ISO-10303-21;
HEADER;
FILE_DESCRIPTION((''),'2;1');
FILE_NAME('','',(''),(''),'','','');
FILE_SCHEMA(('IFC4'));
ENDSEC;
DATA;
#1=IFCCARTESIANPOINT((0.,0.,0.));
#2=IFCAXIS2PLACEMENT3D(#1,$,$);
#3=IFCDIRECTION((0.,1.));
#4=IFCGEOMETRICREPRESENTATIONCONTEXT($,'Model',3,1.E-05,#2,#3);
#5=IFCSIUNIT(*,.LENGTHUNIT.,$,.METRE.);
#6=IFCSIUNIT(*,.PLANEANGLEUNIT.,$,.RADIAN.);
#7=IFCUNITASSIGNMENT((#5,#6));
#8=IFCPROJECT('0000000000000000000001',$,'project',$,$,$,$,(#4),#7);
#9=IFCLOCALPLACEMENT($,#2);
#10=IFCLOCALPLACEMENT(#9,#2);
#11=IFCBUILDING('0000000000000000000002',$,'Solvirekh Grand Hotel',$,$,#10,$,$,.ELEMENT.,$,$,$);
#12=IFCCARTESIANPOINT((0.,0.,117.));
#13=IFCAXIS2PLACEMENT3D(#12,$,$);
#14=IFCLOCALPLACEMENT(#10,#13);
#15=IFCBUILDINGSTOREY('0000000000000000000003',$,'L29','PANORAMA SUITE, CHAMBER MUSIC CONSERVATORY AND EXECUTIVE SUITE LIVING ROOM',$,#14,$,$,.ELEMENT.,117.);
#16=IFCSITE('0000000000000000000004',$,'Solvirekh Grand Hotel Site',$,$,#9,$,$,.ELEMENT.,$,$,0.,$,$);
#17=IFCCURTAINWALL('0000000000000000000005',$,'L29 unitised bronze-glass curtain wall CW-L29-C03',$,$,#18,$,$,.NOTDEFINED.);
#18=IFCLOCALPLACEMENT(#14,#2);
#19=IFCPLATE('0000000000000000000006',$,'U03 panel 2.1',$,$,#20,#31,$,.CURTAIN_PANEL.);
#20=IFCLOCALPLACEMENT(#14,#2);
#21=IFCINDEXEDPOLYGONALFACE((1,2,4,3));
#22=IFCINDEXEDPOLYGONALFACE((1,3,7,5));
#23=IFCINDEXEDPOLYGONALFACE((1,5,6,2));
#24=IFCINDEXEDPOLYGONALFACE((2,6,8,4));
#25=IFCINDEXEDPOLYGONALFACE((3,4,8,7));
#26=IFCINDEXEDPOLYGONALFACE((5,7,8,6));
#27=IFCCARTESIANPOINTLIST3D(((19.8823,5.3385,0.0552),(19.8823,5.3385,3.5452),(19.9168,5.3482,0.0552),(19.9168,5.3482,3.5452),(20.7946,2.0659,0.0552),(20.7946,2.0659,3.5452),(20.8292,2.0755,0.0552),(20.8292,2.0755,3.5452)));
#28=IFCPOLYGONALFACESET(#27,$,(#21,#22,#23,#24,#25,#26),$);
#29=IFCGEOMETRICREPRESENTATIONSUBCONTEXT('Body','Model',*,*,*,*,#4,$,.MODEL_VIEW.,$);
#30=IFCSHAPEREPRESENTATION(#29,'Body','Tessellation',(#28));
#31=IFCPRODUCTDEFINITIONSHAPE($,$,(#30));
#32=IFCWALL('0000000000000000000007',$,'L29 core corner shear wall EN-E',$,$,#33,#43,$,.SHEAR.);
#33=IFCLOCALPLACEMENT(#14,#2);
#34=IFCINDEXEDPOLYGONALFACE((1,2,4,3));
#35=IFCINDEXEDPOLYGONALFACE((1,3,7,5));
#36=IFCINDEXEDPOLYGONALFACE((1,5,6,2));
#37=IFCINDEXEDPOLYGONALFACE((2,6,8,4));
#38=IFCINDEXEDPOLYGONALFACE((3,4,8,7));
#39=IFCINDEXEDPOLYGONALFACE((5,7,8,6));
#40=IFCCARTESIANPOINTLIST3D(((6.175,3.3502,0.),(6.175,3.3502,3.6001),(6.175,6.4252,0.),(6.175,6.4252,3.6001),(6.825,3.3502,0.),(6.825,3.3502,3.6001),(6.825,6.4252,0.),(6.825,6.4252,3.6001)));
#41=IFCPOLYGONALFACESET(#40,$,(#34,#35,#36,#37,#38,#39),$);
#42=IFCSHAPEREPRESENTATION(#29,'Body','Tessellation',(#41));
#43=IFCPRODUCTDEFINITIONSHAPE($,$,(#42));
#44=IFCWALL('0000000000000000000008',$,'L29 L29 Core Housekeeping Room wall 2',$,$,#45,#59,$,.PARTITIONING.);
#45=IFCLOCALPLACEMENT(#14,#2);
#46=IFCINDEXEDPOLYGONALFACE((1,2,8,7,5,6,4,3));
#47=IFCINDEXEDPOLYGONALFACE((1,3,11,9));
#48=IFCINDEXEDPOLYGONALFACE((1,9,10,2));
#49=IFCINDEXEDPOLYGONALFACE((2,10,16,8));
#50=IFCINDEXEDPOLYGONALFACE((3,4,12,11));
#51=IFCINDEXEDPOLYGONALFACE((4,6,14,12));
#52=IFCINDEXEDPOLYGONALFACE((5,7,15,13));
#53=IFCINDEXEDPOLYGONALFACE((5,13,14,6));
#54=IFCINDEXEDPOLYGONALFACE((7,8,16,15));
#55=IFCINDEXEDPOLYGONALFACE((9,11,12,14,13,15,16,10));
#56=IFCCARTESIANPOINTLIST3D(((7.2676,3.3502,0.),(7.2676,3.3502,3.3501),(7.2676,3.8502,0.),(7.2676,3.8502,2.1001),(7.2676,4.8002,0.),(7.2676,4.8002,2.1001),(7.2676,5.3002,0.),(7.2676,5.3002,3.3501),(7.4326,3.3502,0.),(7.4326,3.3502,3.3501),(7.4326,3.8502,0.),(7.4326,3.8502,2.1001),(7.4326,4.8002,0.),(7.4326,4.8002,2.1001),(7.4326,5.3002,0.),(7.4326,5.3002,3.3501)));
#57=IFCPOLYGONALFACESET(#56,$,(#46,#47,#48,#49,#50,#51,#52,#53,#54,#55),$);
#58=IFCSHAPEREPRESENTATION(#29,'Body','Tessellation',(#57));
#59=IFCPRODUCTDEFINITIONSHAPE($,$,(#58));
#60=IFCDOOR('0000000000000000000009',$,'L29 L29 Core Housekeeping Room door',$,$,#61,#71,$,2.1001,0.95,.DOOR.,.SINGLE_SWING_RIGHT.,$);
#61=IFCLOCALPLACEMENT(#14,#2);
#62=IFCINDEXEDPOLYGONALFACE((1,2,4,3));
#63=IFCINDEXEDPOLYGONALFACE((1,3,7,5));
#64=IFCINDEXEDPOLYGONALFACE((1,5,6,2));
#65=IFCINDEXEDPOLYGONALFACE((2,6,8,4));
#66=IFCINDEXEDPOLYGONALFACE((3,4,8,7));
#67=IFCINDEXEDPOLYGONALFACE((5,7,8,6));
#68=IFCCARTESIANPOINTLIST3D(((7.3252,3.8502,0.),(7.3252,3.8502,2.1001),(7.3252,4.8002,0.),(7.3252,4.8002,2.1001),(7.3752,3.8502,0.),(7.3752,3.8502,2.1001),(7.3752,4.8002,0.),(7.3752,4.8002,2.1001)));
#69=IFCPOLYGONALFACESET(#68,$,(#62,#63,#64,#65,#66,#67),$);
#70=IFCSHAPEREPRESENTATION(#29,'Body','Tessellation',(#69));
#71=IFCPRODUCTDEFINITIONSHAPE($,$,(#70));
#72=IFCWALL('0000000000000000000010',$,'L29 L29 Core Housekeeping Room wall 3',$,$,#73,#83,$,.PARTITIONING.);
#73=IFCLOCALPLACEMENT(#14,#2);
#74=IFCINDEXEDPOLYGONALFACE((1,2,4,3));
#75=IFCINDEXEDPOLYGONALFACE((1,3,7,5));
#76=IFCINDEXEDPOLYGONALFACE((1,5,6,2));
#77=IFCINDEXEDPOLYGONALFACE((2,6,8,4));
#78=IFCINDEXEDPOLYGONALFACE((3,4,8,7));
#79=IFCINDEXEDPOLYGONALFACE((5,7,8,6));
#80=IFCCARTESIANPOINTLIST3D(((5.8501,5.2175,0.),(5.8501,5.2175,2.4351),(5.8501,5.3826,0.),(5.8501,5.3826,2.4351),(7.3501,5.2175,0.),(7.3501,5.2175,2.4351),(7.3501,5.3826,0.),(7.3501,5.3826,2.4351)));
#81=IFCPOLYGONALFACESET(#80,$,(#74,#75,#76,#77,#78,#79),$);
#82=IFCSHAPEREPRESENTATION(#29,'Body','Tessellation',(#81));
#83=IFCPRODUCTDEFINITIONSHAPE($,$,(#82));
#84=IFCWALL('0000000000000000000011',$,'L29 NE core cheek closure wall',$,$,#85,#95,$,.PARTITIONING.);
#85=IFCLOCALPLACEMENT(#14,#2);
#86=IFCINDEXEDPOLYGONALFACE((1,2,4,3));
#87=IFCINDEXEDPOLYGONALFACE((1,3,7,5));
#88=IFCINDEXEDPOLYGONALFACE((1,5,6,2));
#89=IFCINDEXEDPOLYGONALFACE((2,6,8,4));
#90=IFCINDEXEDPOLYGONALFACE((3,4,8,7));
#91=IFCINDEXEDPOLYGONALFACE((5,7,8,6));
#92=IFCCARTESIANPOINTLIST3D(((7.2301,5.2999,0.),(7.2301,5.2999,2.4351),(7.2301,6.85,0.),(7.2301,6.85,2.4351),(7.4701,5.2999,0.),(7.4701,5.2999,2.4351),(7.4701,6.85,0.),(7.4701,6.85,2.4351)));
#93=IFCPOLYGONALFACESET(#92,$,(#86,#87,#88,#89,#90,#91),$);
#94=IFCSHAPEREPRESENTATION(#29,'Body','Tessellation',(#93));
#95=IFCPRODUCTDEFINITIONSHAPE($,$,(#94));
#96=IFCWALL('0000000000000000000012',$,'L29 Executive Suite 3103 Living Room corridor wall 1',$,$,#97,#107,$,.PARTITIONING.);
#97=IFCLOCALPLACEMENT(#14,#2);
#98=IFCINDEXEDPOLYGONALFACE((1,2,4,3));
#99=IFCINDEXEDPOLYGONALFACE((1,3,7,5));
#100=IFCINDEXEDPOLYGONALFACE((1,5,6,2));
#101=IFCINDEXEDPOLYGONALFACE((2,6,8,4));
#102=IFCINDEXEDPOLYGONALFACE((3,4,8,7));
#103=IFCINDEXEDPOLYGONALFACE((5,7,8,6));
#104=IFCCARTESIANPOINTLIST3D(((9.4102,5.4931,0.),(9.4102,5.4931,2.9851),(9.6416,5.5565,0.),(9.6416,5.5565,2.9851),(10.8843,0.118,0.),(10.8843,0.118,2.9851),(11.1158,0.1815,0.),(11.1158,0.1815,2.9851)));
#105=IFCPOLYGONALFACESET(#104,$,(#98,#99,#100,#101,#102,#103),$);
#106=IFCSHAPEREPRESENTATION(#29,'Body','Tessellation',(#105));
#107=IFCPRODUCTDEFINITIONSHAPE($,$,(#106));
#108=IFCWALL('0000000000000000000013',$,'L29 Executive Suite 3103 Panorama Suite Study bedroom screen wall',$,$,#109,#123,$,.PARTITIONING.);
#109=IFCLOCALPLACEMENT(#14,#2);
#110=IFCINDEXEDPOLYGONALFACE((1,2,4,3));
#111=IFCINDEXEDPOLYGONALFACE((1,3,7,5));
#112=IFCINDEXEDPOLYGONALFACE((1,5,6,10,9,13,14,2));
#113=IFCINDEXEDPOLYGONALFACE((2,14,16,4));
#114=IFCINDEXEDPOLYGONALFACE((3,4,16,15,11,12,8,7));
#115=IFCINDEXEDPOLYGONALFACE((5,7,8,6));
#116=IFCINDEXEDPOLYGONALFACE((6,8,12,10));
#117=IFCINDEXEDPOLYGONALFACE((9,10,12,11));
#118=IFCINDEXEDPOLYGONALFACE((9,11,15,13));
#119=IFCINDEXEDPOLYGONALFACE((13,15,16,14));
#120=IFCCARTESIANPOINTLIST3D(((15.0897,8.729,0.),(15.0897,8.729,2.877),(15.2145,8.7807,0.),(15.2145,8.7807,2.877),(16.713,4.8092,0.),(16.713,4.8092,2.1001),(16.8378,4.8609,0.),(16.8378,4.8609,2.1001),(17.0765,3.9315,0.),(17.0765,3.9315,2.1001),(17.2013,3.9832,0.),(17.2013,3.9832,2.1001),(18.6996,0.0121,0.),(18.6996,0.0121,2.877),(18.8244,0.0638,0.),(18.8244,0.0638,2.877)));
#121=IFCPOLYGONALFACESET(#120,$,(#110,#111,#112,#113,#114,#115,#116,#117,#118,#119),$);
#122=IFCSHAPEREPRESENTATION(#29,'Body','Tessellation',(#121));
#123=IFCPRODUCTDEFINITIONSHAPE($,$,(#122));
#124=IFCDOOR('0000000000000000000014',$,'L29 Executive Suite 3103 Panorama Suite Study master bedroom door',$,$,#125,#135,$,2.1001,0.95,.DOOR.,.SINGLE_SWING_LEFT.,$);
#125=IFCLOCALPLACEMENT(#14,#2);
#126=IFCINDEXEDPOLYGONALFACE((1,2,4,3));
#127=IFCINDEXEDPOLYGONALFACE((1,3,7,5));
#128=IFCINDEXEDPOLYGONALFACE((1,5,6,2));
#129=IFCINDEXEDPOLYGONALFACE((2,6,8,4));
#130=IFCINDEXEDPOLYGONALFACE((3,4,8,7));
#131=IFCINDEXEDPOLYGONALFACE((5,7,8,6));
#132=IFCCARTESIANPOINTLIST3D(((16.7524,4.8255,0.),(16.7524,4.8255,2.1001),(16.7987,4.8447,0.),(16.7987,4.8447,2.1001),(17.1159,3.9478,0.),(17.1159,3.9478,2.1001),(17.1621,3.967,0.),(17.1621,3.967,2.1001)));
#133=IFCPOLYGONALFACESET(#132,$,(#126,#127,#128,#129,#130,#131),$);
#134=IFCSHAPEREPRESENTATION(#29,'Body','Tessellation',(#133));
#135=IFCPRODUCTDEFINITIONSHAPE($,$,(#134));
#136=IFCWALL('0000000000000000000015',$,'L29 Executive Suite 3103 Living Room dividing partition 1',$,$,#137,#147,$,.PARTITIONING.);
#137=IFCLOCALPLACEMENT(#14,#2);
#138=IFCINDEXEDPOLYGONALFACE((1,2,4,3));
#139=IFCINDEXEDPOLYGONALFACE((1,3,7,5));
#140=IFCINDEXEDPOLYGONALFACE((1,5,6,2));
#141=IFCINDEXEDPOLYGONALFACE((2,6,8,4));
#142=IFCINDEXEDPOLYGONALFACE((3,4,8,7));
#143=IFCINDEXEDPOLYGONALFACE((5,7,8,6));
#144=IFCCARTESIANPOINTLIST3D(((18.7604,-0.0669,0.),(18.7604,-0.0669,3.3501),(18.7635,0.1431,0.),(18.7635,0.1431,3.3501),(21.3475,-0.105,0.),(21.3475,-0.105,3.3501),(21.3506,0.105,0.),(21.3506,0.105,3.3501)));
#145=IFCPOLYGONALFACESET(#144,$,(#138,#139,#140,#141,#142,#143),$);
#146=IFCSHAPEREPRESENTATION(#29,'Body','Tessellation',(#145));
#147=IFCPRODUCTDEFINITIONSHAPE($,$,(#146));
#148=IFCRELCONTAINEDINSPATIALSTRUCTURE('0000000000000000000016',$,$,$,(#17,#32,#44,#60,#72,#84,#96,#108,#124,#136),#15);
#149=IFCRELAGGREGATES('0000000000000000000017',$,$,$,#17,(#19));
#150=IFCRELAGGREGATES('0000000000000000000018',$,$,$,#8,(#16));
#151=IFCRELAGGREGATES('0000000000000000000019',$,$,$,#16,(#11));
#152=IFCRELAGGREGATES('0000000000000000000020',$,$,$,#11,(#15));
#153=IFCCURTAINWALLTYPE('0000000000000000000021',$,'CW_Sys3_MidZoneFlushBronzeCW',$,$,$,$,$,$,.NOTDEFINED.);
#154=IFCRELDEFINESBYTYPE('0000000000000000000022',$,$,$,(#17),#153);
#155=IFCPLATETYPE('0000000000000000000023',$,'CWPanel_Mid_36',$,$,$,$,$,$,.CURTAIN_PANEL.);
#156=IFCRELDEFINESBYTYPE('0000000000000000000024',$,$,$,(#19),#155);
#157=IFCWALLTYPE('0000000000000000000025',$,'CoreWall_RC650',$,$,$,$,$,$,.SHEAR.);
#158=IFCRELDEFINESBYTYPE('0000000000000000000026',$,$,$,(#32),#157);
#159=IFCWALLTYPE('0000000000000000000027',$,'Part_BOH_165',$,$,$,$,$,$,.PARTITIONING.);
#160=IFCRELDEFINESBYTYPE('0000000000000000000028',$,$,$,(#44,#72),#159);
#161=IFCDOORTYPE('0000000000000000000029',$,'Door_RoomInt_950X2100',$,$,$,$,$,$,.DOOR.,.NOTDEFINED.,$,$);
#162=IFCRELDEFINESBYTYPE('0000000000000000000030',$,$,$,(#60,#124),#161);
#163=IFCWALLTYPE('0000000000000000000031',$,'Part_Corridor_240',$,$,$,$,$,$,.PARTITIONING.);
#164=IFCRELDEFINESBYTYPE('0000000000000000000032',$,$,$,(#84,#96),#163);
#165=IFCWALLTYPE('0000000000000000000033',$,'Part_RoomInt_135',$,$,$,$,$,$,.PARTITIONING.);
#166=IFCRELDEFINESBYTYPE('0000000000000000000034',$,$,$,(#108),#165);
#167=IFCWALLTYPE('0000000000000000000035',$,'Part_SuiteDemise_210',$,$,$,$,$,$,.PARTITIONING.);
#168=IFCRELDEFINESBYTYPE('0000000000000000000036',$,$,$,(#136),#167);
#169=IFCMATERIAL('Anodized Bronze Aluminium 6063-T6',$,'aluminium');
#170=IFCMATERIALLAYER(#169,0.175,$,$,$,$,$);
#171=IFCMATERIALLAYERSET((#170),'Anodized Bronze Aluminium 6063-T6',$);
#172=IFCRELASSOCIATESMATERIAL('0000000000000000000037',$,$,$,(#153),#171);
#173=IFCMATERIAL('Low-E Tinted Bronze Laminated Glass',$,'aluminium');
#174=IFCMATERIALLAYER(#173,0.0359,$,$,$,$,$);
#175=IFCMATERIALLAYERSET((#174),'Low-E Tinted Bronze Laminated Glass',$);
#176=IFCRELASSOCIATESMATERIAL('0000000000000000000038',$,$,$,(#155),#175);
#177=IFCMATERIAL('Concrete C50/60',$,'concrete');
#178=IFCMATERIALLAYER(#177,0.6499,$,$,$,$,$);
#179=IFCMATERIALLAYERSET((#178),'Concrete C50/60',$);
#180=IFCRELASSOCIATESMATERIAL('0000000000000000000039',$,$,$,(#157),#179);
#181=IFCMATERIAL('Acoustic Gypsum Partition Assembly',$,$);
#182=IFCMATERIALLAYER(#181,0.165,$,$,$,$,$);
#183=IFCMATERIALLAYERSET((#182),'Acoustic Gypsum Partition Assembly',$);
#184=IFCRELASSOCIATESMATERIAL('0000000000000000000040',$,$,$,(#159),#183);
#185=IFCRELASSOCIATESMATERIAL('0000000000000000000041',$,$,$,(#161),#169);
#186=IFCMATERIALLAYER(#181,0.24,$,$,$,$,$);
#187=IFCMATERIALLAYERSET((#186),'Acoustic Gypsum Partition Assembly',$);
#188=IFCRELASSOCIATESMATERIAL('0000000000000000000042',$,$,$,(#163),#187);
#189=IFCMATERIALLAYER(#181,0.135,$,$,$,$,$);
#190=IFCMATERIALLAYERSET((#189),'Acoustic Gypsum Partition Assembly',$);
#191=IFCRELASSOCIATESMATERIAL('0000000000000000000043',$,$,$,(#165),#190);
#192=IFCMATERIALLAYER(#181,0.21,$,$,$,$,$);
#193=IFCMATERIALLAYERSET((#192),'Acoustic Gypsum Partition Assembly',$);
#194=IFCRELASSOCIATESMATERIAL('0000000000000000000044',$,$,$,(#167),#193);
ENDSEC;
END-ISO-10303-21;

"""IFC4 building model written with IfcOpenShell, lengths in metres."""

from ifc_helpers import new_model, si_unit, direction, frame, frame_2d, origin, origin_2d, place, context, subcontext, project, spatial, rectangle, extrude, source, transform, mapped, material, layer, layer_set, type_object, element, fill, aggregate, save


model = new_model("IFC4")

# Units and contexts
model_context = context("Model", 3, precision=1e-05, world=origin(), true_north=direction((0.0, 1.0)))
body_context = subcontext(model_context, "Body", "Model", "MODEL_VIEW")
ifc_project = project(units=[si_unit("LENGTHUNIT", "METRE"), si_unit("PLANEANGLEUNIT", "RADIAN")], contexts=[model_context])

# Site, building, storey
site_placement = place(None, origin())
site = spatial("IfcSite", under=ifc_project, at=site_placement, Name="Solvirekh Grand Hotel Site", CompositionType="ELEMENT", RefElevation=0.0)
building_placement = place(site_placement, origin())
building = spatial("IfcBuilding", under=site, at=building_placement, Name="Solvirekh Grand Hotel", CompositionType="ELEMENT")
storey_placement = place(building_placement, frame((0.0, 0.0, 117.0)))
storey = spatial("IfcBuildingStorey", under=building, at=storey_placement, Name="L29", Description="PANORAMA SUITE, CHAMBER MUSIC CONSERVATORY AND EXECUTIVE SUITE LIVING ROOM", CompositionType="ELEMENT", Elevation=117.0)

# Shared definitions
ifc_material_1 = material(Name="Concrete C50/60", Category="concrete")

# Curtain wall, plate
ifc_material_2 = material(Name="Anodized Bronze Aluminium 6063-T6", Category="aluminium")
ifc_layer_1 = layer(ifc_material_2, 0.175)
ifc_layer_set_1 = layer_set([ifc_layer_1], Name="Anodized Bronze Aluminium 6063-T6")
curtain_wall_type = type_object("IfcCurtainWallType", Name="CW_Sys3_MidZoneFlushBronzeCW", PredefinedType="NOTDEFINED", material=ifc_layer_set_1)
curtain_wall_placement = place(storey_placement, origin())
curtain_wall = element("IfcCurtainWall", 1, at=curtain_wall_placement, inside=storey, type_object=curtain_wall_type, Name="L29 unitised bronze-glass curtain wall CW-L29-C03", PredefinedType="NOTDEFINED")
ifc_material_3 = material(Name="Low-E Tinted Bronze Laminated Glass", Category="aluminium")
ifc_layer_2 = layer(ifc_material_3, 0.0359)
ifc_layer_set_2 = layer_set([ifc_layer_2], Name="Low-E Tinted Bronze Laminated Glass")
plate_type = type_object("IfcPlateType", Name="CWPanel_Mid_36", PredefinedType="CURTAIN_PANEL", material=ifc_layer_set_2)
shared_shape_1 = source(origin(), body_context, "Body", "SweptSolid", [
    extrude(rectangle(XDim=3.3975, YDim=0.0359, at=origin_2d()), origin(), (0.0, 0.0, 1.0), 3.49),
])
plate_1_placement = place(storey_placement, frame((20.3557, 3.707, 0.0552), z_axis=(0.0, 0.0, 1.0), x_axis=(-0.268537, 0.963269, 0.0)))
plate_1 = element("IfcPlate", 2, at=plate_1_placement, type_object=plate_type, Name="U03 panel 2.1", PredefinedType="CURTAIN_PANEL", context=body_context, shape_type="MappedRepresentation", body=[
    mapped(shared_shape_1, transform((0.0, 0.0, 0.0), x_axis=(1.0, 0.0, 0.0), y_axis=(0.0, 1.0, 0.0), z_axis=(0.0, 0.0, 1.0), scale=1.0)),
])
aggregate(curtain_wall, [plate_1])

# Wall
ifc_layer_3 = layer(ifc_material_1, 0.6499)
ifc_layer_set_3 = layer_set([ifc_layer_3], Name="Concrete C50/60")
wall_type_1 = type_object("IfcWallType", Name="CoreWall_RC650", PredefinedType="SHEAR", material=ifc_layer_set_3)
wall_1_placement = place(storey_placement, frame((6.5, 3.3501, 0.0), z_axis=(0.0, 0.0, 1.0), x_axis=(0.0, 1.0, 0.0)))
element("IfcWall", 3, at=wall_1_placement, inside=storey, type_object=wall_type_1, Name="L29 core corner shear wall EN-E", PredefinedType="SHEAR", context=body_context, shape_type="SweptSolid", body=[
    extrude(rectangle(XDim=3.075, YDim=0.6499, at=frame_2d((1.5376, 0.0))), origin(), (0.0, 0.0, 1.0), 3.6001),
])

# Wall, opening, door
ifc_material_4 = material(Name="Acoustic Gypsum Partition Assembly")
ifc_layer_4 = layer(ifc_material_4, 0.165)
ifc_layer_set_4 = layer_set([ifc_layer_4], Name="Acoustic Gypsum Partition Assembly")
wall_type_2 = type_object("IfcWallType", Name="Part_BOH_165", PredefinedType="PARTITIONING", material=ifc_layer_set_4)
wall_2_placement = place(storey_placement, frame((7.3501, 3.3501, 0.0), z_axis=(0.0, 0.0, 1.0), x_axis=(0.0, 1.0, 0.0)))
wall_2 = element("IfcWall", 4, at=wall_2_placement, inside=storey, type_object=wall_type_2, Name="L29 L29 Core Housekeeping Room wall 2", PredefinedType="PARTITIONING", context=body_context, shape_type="SweptSolid", body=[
    extrude(rectangle(XDim=1.95, YDim=0.165, at=frame_2d((0.9751, 0.0))), origin(), (0.0, 0.0, 1.0), 3.3501),
])
opening_1_placement = place(wall_2_placement, frame((0.5, 0.0, 0.0)))
opening_1 = element("IfcOpeningElement", 5, at=opening_1_placement, cuts=wall_2, PredefinedType="OPENING", context=body_context, shape_type="SweptSolid", body=[
    extrude(rectangle(XDim=0.95, YDim=2.1001, at=frame_2d((0.4751, 1.05))), frame((0.0, 0.0925, 0.0), z_axis=(0.0, -1.0, 0.0), x_axis=(1.0, 0.0, 0.0)), (0.0, 0.0, 1.0), 0.1851),
])
door_type = type_object("IfcDoorType", Name="Door_RoomInt_950X2100", OperationType="NOTDEFINED", PredefinedType="DOOR", material=ifc_material_2)
door_1_placement = place(opening_1_placement, origin())
door_1 = element("IfcDoor", 6, at=door_1_placement, inside=storey, type_object=door_type, Name="L29 L29 Core Housekeeping Room door", OperationType="SINGLE_SWING_RIGHT", OverallHeight=2.1001, OverallWidth=0.95, PredefinedType="DOOR", context=body_context, shape_type="SweptSolid", body=[
    extrude(rectangle(XDim=0.95, YDim=2.1001, at=frame_2d((0.4751, 1.05))), frame((0.0, 0.0249, 0.0), z_axis=(0.0, -1.0, 0.0), x_axis=(1.0, 0.0, 0.0)), (0.0, 0.0, 1.0), 0.05),
])
fill(opening_1, door_1)

# Walls
wall_3_placement = place(storey_placement, frame((7.3501, 5.3, 0.0), z_axis=(0.0, 0.0, 1.0), x_axis=(-1.0, 0.0, 0.0)))
element("IfcWall", 7, at=wall_3_placement, inside=storey, type_object=wall_type_2, Name="L29 L29 Core Housekeeping Room wall 3", PredefinedType="PARTITIONING", context=body_context, shape_type="SweptSolid", body=[
    extrude(rectangle(XDim=1.5, YDim=0.165, at=frame_2d((0.75, 0.0))), origin(), (0.0, 0.0, 1.0), 2.4351),
])
ifc_layer_5 = layer(ifc_material_4, 0.24)
ifc_layer_set_5 = layer_set([ifc_layer_5], Name="Acoustic Gypsum Partition Assembly")
wall_type_3 = type_object("IfcWallType", Name="Part_Corridor_240", PredefinedType="PARTITIONING", material=ifc_layer_set_5)
wall_4_placement = place(storey_placement, frame((7.3501, 5.3, 0.0), z_axis=(0.0, 0.0, 1.0), x_axis=(0.0, 1.0, 0.0)))
element("IfcWall", 8, at=wall_4_placement, inside=storey, type_object=wall_type_3, Name="L29 NE core cheek closure wall", PredefinedType="PARTITIONING", context=body_context, shape_type="SweptSolid", body=[
    extrude(rectangle(XDim=1.55, YDim=0.24, at=frame_2d((0.7749, 0.0))), origin(), (0.0, 0.0, 1.0), 2.4351),
])
wall_5_placement = place(storey_placement, frame((11.0, 0.1499, 0.0), z_axis=(0.0, 0.0, 1.0), x_axis=(-0.264489, 0.964389, 0.0)))
element("IfcWall", 9, at=wall_5_placement, inside=storey, type_object=wall_type_3, Name="L29 Executive Suite 3103 Living Room corridor wall 1", PredefinedType="PARTITIONING", context=body_context, shape_type="SweptSolid", body=[
    extrude(rectangle(XDim=5.5735, YDim=0.24, at=frame_2d((2.7866, 0.0))), origin(), (0.0, 0.0, 1.0), 2.9851),
])

# Wall, opening, door
ifc_layer_6 = layer(ifc_material_4, 0.135)
ifc_layer_set_6 = layer_set([ifc_layer_6], Name="Acoustic Gypsum Partition Assembly")
wall_type_4 = type_object("IfcWallType", Name="Part_RoomInt_135", PredefinedType="PARTITIONING", material=ifc_layer_set_6)
wall_6_placement = place(storey_placement, frame((18.762, 0.0381, 0.0), z_axis=(0.0, 0.0, 1.0), x_axis=(-0.382615, 0.923908, 0.0)))
wall_6 = element("IfcWall", 10, at=wall_6_placement, inside=storey, type_object=wall_type_4, Name="L29 Executive Suite 3103 Panorama Suite Study bedroom screen wall", PredefinedType="PARTITIONING", context=body_context, shape_type="SweptSolid", body=[
    extrude(rectangle(XDim=9.4348, YDim=0.135, at=frame_2d((4.7173, 0.0))), origin(), (0.0, 0.0, 1.0), 2.877),
])
opening_2_placement = place(wall_6_placement, frame((4.2419, 0.0, 0.0)))
opening_2 = element("IfcOpeningElement", 11, at=opening_2_placement, cuts=wall_6, PredefinedType="OPENING", context=body_context, shape_type="SweptSolid", body=[
    extrude(rectangle(XDim=0.95, YDim=2.1001, at=frame_2d((0.4751, 1.05))), frame((0.0, 0.0776, 0.0), z_axis=(0.0, -1.0, 0.0), x_axis=(1.0, 0.0, 0.0)), (0.0, 0.0, 1.0), 0.155),
])
door_2_placement = place(opening_2_placement, origin())
door_2 = element("IfcDoor", 12, at=door_2_placement, inside=storey, type_object=door_type, Name="L29 Executive Suite 3103 Panorama Suite Study master bedroom door", OperationType="SINGLE_SWING_LEFT", OverallHeight=2.1001, OverallWidth=0.95, PredefinedType="DOOR", context=body_context, shape_type="SweptSolid", body=[
    extrude(rectangle(XDim=0.95, YDim=2.1001, at=frame_2d((0.4751, 1.05))), frame((0.0, 0.0249, 0.0), z_axis=(0.0, -1.0, 0.0), x_axis=(1.0, 0.0, 0.0)), (0.0, 0.0, 1.0), 0.05),
])
fill(opening_2, door_2)

# Wall
ifc_layer_7 = layer(ifc_material_4, 0.21)
ifc_layer_set_7 = layer_set([ifc_layer_7], Name="Acoustic Gypsum Partition Assembly")
wall_type_5 = type_object("IfcWallType", Name="Part_SuiteDemise_210", PredefinedType="PARTITIONING", material=ifc_layer_set_7)
wall_7_placement = place(storey_placement, frame((18.762, 0.0381, 0.0), z_axis=(0.0, 0.0, 1.0), x_axis=(0.999892, -0.01472, 0.0)))
element("IfcWall", 13, at=wall_7_placement, inside=storey, type_object=wall_type_5, Name="L29 Executive Suite 3103 Living Room dividing partition 1", PredefinedType="PARTITIONING", context=body_context, shape_type="SweptSolid", body=[
    extrude(rectangle(XDim=2.5874, YDim=0.21, at=frame_2d((1.2937, 0.0))), origin(), (0.0, 0.0, 1.0), 3.3501),
])

save(model, "model.ifc")
